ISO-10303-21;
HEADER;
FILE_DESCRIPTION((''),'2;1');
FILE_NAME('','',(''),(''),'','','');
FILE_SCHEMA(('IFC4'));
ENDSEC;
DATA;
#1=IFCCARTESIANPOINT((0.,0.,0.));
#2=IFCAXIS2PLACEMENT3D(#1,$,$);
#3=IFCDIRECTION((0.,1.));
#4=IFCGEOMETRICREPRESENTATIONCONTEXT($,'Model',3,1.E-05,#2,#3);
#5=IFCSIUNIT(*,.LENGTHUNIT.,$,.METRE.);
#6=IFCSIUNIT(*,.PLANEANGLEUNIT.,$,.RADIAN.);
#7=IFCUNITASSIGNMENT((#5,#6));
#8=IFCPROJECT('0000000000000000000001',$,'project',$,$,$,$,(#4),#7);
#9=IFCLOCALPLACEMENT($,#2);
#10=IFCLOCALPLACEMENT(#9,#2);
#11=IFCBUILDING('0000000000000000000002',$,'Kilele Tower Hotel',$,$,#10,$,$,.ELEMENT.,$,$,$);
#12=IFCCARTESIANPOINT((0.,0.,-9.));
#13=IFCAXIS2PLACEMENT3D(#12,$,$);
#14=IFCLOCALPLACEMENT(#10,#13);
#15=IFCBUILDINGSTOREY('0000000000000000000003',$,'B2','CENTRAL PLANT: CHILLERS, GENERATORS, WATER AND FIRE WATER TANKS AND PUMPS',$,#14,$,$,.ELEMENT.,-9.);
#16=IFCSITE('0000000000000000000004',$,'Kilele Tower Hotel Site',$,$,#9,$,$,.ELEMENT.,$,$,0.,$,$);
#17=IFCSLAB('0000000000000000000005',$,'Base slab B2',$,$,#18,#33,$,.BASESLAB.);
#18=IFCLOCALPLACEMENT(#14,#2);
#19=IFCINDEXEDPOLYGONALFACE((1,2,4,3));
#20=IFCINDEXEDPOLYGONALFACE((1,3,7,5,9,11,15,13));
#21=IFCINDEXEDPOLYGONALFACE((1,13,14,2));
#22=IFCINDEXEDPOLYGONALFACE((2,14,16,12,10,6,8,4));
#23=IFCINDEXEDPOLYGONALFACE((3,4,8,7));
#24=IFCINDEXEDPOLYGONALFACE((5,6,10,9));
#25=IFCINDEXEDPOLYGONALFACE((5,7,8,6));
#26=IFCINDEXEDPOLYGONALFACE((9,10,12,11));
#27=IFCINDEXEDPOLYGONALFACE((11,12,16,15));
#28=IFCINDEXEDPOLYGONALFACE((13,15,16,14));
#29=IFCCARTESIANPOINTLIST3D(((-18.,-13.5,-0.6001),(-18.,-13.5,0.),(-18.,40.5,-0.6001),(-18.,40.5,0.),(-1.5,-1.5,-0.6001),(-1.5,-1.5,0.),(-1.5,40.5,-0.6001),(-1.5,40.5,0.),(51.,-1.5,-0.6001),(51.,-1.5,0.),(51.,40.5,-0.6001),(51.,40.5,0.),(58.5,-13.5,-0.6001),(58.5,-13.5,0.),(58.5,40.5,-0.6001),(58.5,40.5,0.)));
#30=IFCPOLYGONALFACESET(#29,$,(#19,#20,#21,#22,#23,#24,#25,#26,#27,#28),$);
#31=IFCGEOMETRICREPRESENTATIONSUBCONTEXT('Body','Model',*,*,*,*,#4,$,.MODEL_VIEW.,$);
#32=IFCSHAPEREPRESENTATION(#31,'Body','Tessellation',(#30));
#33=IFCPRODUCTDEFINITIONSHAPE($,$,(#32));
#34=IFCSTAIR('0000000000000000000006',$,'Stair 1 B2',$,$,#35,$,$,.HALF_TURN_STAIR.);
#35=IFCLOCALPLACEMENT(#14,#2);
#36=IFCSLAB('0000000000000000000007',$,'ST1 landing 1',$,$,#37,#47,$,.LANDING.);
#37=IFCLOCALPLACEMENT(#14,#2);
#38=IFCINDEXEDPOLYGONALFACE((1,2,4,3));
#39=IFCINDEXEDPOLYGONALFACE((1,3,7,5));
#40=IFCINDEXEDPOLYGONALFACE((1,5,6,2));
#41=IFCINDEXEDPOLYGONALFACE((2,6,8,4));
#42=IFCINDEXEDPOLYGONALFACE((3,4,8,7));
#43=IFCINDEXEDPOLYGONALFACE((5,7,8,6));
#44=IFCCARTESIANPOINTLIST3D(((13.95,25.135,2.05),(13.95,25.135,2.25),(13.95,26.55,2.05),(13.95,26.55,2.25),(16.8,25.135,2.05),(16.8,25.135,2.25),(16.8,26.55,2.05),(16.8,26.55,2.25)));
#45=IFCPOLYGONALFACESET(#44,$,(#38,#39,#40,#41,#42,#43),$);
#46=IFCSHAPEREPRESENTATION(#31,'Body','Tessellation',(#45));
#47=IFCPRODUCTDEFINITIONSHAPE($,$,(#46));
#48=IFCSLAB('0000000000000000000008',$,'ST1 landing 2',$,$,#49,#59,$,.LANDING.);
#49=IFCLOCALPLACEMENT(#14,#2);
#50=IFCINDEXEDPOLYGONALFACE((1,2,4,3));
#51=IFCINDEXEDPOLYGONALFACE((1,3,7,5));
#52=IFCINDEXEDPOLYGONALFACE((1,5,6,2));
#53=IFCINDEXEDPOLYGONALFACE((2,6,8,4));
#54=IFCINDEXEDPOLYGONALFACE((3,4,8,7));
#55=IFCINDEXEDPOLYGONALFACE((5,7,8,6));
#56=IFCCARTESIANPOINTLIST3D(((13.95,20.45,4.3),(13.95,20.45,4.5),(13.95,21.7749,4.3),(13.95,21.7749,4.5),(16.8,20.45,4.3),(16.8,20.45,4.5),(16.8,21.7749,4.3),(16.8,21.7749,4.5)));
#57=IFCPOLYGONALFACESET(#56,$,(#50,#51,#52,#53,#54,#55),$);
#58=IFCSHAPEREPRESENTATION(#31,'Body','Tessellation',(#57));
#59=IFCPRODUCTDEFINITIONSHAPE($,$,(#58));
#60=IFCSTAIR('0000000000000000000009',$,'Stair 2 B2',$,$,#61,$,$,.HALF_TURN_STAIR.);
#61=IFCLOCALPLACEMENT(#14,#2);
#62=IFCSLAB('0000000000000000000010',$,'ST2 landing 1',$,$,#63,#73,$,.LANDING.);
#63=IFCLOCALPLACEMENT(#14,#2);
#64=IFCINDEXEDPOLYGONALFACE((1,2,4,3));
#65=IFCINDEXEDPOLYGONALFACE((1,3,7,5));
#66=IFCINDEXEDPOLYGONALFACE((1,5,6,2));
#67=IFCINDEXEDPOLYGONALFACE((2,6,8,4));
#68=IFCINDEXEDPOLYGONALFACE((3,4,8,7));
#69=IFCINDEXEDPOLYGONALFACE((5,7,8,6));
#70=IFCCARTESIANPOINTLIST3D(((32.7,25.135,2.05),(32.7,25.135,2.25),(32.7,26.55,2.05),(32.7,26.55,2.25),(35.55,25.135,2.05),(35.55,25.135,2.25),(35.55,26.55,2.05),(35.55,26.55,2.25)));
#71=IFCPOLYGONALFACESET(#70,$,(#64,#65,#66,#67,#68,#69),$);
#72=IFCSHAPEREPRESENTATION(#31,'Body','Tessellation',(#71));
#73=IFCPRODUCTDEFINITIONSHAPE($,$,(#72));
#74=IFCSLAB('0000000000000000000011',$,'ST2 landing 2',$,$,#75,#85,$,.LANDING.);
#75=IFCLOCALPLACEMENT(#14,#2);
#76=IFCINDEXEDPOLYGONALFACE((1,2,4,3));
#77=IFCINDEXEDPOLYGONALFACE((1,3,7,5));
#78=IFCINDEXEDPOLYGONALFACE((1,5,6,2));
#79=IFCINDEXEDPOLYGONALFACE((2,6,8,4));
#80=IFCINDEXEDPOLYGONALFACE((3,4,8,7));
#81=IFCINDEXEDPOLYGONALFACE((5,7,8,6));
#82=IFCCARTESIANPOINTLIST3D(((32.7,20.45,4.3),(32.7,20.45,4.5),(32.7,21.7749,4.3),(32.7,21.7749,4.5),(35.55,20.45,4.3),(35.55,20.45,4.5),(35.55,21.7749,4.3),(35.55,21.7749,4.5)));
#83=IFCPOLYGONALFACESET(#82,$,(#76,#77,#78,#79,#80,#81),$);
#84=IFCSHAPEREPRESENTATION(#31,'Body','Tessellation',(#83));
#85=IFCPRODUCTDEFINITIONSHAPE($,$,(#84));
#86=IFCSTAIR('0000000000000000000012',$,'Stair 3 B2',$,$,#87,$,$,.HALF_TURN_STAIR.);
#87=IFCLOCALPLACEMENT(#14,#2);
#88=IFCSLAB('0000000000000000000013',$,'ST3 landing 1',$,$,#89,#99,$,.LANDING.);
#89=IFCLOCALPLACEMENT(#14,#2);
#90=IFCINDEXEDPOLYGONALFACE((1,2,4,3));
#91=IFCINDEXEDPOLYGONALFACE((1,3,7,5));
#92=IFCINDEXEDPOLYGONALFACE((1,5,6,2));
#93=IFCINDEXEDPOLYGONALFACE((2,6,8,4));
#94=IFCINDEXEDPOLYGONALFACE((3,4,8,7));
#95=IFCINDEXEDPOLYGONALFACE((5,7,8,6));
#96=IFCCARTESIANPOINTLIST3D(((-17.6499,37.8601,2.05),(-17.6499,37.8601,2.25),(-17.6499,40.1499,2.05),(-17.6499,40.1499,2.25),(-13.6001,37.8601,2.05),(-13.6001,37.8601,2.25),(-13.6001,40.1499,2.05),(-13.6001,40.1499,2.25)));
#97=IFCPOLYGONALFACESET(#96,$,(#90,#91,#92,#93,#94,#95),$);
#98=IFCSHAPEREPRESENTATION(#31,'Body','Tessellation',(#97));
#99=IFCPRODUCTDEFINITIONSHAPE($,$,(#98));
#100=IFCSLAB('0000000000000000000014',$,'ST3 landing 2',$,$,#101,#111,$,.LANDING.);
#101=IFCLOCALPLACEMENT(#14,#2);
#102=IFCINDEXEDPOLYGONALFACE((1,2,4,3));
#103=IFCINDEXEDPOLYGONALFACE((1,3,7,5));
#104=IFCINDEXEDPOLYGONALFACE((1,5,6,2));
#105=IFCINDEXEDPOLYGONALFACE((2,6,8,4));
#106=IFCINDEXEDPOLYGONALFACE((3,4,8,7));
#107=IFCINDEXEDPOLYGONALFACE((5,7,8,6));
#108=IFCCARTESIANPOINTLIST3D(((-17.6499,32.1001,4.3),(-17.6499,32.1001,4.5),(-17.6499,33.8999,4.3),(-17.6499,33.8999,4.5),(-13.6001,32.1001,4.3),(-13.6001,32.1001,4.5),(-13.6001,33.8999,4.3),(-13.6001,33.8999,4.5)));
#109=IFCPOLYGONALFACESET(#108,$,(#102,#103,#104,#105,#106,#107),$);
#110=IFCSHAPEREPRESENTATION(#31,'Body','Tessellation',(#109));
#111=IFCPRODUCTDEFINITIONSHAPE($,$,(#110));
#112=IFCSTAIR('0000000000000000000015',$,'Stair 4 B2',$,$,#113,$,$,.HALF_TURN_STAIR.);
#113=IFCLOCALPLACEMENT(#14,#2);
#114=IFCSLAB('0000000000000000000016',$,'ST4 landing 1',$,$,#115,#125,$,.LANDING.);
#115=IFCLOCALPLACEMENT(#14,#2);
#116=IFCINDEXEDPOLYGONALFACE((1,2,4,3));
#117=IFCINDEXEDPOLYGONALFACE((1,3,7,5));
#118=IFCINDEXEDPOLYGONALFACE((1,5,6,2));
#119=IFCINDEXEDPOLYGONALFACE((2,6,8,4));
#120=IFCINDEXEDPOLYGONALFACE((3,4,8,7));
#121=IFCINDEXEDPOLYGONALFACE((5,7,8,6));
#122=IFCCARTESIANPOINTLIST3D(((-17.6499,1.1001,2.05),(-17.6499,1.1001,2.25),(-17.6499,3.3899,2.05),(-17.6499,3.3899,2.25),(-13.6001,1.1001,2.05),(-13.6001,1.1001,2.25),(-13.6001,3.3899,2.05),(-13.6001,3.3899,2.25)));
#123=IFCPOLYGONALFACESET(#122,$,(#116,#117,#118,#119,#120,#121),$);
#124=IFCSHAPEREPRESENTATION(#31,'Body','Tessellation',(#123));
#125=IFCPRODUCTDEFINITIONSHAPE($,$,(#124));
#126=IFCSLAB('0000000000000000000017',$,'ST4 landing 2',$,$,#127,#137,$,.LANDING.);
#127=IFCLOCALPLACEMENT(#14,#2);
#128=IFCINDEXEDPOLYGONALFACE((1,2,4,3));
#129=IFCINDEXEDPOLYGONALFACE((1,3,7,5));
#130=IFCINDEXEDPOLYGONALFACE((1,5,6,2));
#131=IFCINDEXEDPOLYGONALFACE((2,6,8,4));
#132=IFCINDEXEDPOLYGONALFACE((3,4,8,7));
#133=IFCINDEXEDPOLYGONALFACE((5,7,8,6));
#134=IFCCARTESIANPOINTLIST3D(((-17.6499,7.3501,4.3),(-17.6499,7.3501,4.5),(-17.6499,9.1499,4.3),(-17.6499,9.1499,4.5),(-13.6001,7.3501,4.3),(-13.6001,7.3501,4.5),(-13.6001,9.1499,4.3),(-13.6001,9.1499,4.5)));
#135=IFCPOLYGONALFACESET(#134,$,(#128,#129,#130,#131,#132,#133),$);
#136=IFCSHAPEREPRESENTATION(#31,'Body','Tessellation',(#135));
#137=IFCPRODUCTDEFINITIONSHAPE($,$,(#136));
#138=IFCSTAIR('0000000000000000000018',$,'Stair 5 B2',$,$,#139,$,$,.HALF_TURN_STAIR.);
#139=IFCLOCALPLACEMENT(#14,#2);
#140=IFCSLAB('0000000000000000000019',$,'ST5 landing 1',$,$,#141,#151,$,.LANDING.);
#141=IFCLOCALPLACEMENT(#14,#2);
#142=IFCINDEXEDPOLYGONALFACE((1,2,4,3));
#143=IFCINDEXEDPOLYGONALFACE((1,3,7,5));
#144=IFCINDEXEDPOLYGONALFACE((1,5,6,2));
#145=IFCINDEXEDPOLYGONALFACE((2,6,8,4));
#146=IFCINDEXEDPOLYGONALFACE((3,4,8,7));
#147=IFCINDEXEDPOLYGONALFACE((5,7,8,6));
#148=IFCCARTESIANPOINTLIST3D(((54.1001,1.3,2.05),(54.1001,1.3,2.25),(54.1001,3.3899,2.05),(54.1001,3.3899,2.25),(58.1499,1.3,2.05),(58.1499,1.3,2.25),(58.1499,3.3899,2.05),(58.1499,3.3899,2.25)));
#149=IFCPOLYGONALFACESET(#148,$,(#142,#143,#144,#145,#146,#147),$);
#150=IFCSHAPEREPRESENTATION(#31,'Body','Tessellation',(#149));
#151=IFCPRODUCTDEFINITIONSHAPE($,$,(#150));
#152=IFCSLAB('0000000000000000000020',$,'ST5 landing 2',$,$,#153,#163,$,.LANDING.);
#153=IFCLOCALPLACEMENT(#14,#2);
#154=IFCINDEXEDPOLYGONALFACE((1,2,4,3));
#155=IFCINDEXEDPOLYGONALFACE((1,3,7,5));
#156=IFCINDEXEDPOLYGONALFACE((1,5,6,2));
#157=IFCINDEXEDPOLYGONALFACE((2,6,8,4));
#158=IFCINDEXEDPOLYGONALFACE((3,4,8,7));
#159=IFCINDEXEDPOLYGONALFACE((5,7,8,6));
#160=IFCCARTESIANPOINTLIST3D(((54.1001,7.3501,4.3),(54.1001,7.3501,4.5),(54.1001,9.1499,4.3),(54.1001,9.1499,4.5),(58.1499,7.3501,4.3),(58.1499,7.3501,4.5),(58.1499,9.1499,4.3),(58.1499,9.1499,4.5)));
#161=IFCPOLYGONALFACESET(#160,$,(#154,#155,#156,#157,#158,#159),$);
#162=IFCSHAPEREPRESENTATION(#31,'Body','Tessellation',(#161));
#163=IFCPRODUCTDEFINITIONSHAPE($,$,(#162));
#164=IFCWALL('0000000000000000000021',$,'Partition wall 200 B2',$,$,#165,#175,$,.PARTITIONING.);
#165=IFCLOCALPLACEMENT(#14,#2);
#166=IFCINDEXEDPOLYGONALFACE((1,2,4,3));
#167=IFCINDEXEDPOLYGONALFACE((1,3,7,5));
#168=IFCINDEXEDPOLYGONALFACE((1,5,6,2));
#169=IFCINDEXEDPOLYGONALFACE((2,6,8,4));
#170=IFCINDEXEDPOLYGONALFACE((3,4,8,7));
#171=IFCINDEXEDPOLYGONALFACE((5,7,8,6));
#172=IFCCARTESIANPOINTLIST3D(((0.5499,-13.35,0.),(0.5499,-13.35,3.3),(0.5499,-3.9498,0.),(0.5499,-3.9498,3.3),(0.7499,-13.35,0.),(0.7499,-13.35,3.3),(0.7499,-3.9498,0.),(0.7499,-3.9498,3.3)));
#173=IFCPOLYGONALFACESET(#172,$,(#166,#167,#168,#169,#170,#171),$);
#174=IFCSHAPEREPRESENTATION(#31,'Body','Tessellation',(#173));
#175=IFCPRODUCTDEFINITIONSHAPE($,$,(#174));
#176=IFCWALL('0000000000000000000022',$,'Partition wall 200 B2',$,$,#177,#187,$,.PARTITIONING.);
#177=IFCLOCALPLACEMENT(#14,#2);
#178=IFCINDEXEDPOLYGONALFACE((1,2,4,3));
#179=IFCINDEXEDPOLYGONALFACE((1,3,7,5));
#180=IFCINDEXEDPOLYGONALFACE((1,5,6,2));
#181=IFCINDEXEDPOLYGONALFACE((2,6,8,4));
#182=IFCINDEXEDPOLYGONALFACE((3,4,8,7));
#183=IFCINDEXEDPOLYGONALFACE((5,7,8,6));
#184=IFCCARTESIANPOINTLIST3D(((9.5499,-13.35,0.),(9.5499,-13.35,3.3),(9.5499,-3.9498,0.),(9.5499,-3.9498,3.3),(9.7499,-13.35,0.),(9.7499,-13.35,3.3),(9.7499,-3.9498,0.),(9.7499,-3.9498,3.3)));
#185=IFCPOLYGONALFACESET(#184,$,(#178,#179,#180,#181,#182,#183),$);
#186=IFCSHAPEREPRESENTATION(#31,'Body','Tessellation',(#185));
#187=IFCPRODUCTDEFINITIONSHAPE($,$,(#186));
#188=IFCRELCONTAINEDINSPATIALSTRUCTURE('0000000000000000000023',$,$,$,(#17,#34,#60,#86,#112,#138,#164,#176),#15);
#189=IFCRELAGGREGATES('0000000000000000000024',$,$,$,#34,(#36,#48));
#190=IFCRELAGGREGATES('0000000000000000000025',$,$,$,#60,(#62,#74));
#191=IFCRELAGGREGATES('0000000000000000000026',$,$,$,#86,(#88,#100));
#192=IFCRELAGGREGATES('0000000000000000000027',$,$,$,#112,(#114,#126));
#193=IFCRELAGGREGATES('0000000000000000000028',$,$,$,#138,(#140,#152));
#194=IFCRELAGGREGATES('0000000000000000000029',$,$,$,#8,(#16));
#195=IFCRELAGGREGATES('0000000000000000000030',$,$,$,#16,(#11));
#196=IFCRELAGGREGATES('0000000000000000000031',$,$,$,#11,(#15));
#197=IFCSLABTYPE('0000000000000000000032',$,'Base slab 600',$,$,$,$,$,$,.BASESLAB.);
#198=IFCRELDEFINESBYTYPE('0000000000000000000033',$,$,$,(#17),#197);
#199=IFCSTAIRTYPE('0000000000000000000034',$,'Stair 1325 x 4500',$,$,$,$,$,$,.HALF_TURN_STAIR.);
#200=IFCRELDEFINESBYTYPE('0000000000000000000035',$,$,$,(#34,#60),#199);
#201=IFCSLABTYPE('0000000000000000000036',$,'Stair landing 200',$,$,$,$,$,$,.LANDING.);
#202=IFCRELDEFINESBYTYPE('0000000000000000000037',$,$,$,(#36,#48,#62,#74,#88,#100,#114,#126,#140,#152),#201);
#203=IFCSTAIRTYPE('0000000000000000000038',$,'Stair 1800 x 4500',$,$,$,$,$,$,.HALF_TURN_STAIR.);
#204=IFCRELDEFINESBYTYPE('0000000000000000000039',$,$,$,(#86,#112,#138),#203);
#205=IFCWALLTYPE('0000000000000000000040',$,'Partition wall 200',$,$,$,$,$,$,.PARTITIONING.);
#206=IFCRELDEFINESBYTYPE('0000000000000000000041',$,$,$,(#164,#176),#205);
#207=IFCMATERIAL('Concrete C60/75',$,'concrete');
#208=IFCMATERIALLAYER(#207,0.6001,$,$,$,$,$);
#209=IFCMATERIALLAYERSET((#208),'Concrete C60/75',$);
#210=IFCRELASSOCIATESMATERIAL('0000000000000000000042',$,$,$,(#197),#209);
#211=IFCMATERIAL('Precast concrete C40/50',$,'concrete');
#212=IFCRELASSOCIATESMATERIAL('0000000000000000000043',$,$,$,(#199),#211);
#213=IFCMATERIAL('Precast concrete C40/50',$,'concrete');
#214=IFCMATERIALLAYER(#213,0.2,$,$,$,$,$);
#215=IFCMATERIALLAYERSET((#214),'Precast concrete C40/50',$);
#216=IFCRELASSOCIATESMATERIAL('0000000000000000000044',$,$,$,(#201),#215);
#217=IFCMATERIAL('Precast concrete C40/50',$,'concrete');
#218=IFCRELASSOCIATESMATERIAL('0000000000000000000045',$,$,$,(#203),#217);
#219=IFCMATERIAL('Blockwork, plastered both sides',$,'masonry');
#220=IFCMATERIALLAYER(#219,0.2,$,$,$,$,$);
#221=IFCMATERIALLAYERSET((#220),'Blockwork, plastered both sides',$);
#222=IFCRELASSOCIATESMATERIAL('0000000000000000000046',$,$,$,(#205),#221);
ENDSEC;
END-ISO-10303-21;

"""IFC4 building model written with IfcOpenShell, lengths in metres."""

from ifc_helpers import new_model, si_unit, direction, frame, frame_2d, origin, place, context, subcontext, project, spatial, polyline, rectangle, outline, extrude, material, layer, layer_set, type_object, element, aggregate, save


model = new_model("IFC4")

# Units and contexts
model_context = context("Model", 3, precision=1e-05, world=origin(), true_north=direction((0.0, 1.0)))
body_context = subcontext(model_context, "Body", "Model", "MODEL_VIEW")
ifc_project = project(units=[si_unit("LENGTHUNIT", "METRE"), si_unit("PLANEANGLEUNIT", "RADIAN")], contexts=[model_context])

# Site, building, storey
site_placement = place(None, origin())
site = spatial("IfcSite", under=ifc_project, at=site_placement, Name="Kilele Tower Hotel Site", CompositionType="ELEMENT", RefElevation=0.0)
building_placement = place(site_placement, origin())
building = spatial("IfcBuilding", under=site, at=building_placement, Name="Kilele Tower Hotel", CompositionType="ELEMENT")
storey_placement = place(building_placement, frame((0.0, 0.0, -9.0)))
storey = spatial("IfcBuildingStorey", under=building, at=storey_placement, Name="B2", Description="CENTRAL PLANT: CHILLERS, GENERATORS, WATER AND FIRE WATER TANKS AND PUMPS", CompositionType="ELEMENT", Elevation=-9.0)

# Slab
ifc_material_1 = material(Name="Concrete C60/75", Category="concrete")
ifc_layer_1 = layer(ifc_material_1, 0.6001)
ifc_layer_set_1 = layer_set([ifc_layer_1], Name="Concrete C60/75")
slab_type_1 = type_object("IfcSlabType", Name="Base slab 600", PredefinedType="BASESLAB", material=ifc_layer_set_1)
slab_1_placement = place(storey_placement, frame((0.0, 0.0, -0.6001)))
element("IfcSlab", 1, at=slab_1_placement, inside=storey, type_object=slab_type_1, Name="Base slab B2", PredefinedType="BASESLAB", context=body_context, shape_type="SweptSolid", body=[
    extrude(outline(polyline([(58.5, 40.5), (58.5, -13.5), (-18.0, -13.5), (-18.0, 40.5), (-1.5, 40.5), (-1.5, -1.5), (51.0, -1.5), (51.0, 40.5), (58.5, 40.5)])), origin(), (0.0, 0.0, 1.0), 0.6001),
])

# Stairs, slabs
ifc_material_2 = material(Name="Precast concrete C40/50", Category="concrete")
stair_type_1 = type_object("IfcStairType", Name="Stair 1325 x 4500", PredefinedType="HALF_TURN_STAIR", material=ifc_material_2)
stair_1_placement = place(storey_placement, origin())
stair_1 = element("IfcStair", 2, at=stair_1_placement, inside=storey, type_object=stair_type_1, Name="Stair 1 B2", PredefinedType="HALF_TURN_STAIR")
ifc_material_3 = material(Name="Precast concrete C40/50", Category="concrete")
ifc_layer_2 = layer(ifc_material_3, 0.2)
ifc_layer_set_2 = layer_set([ifc_layer_2], Name="Precast concrete C40/50")
slab_type_2 = type_object("IfcSlabType", Name="Stair landing 200", PredefinedType="LANDING", material=ifc_layer_set_2)
slab_2_placement = place(storey_placement, frame((0.0, 0.0, 2.05)))
slab_2 = element("IfcSlab", 3, at=slab_2_placement, type_object=slab_type_2, Name="ST1 landing 1", PredefinedType="LANDING", context=body_context, shape_type="SweptSolid", body=[
    extrude(outline(polyline([(13.95, 25.135), (16.8, 25.135), (16.8, 26.55), (13.95, 26.55), (13.95, 25.135)])), origin(), (0.0, 0.0, 1.0), 0.2),
])
slab_3_placement = place(storey_placement, frame((0.0, 0.0, 4.3)))
slab_3 = element("IfcSlab", 4, at=slab_3_placement, type_object=slab_type_2, Name="ST1 landing 2", PredefinedType="LANDING", context=body_context, shape_type="SweptSolid", body=[
    extrude(outline(polyline([(13.95, 20.45), (16.8, 20.45), (16.8, 21.7749), (13.95, 21.7749), (13.95, 20.45)])), origin(), (0.0, 0.0, 1.0), 0.2),
])
aggregate(stair_1, [slab_2, slab_3])
stair_2_placement = place(storey_placement, origin())
stair_2 = element("IfcStair", 5, at=stair_2_placement, inside=storey, type_object=stair_type_1, Name="Stair 2 B2", PredefinedType="HALF_TURN_STAIR")
slab_4_placement = place(storey_placement, frame((0.0, 0.0, 2.05)))
slab_4 = element("IfcSlab", 6, at=slab_4_placement, type_object=slab_type_2, Name="ST2 landing 1", PredefinedType="LANDING", context=body_context, shape_type="SweptSolid", body=[
    extrude(outline(polyline([(32.7, 25.135), (35.55, 25.135), (35.55, 26.55), (32.7, 26.55), (32.7, 25.135)])), origin(), (0.0, 0.0, 1.0), 0.2),
])
slab_5_placement = place(storey_placement, frame((0.0, 0.0, 4.3)))
slab_5 = element("IfcSlab", 7, at=slab_5_placement, type_object=slab_type_2, Name="ST2 landing 2", PredefinedType="LANDING", context=body_context, shape_type="SweptSolid", body=[
    extrude(outline(polyline([(32.7, 20.45), (35.55, 20.45), (35.55, 21.7749), (32.7, 21.7749), (32.7, 20.45)])), origin(), (0.0, 0.0, 1.0), 0.2),
])
aggregate(stair_2, [slab_4, slab_5])
ifc_material_4 = material(Name="Precast concrete C40/50", Category="concrete")
stair_type_2 = type_object("IfcStairType", Name="Stair 1800 x 4500", PredefinedType="HALF_TURN_STAIR", material=ifc_material_4)
stair_3_placement = place(storey_placement, origin())
stair_3 = element("IfcStair", 8, at=stair_3_placement, inside=storey, type_object=stair_type_2, Name="Stair 3 B2", PredefinedType="HALF_TURN_STAIR")
slab_6_placement = place(storey_placement, frame((0.0, 0.0, 2.05)))
slab_6 = element("IfcSlab", 9, at=slab_6_placement, type_object=slab_type_2, Name="ST3 landing 1", PredefinedType="LANDING", context=body_context, shape_type="SweptSolid", body=[
    extrude(outline(polyline([(-17.6499, 37.8601), (-13.6001, 37.8601), (-13.6001, 40.1499), (-17.6499, 40.1499), (-17.6499, 37.8601)])), origin(), (0.0, 0.0, 1.0), 0.2),
])
slab_7_placement = place(storey_placement, frame((0.0, 0.0, 4.3)))
slab_7 = element("IfcSlab", 10, at=slab_7_placement, type_object=slab_type_2, Name="ST3 landing 2", PredefinedType="LANDING", context=body_context, shape_type="SweptSolid", body=[
    extrude(outline(polyline([(-17.6499, 32.1001), (-13.6001, 32.1001), (-13.6001, 33.8999), (-17.6499, 33.8999), (-17.6499, 32.1001)])), origin(), (0.0, 0.0, 1.0), 0.2),
])
aggregate(stair_3, [slab_6, slab_7])
stair_4_placement = place(storey_placement, origin())
stair_4 = element("IfcStair", 11, at=stair_4_placement, inside=storey, type_object=stair_type_2, Name="Stair 4 B2", PredefinedType="HALF_TURN_STAIR")
slab_8_placement = place(storey_placement, frame((0.0, 0.0, 2.05)))
slab_8 = element("IfcSlab", 12, at=slab_8_placement, type_object=slab_type_2, Name="ST4 landing 1", PredefinedType="LANDING", context=body_context, shape_type="SweptSolid", body=[
    extrude(outline(polyline([(-17.6499, 1.1001), (-13.6001, 1.1001), (-13.6001, 3.3899), (-17.6499, 3.3899), (-17.6499, 1.1001)])), origin(), (0.0, 0.0, 1.0), 0.2),
])
slab_9_placement = place(storey_placement, frame((0.0, 0.0, 4.3)))
slab_9 = element("IfcSlab", 13, at=slab_9_placement, type_object=slab_type_2, Name="ST4 landing 2", PredefinedType="LANDING", context=body_context, shape_type="SweptSolid", body=[
    extrude(outline(polyline([(-17.6499, 7.3501), (-13.6001, 7.3501), (-13.6001, 9.1499), (-17.6499, 9.1499), (-17.6499, 7.3501)])), origin(), (0.0, 0.0, 1.0), 0.2),
])
aggregate(stair_4, [slab_8, slab_9])
stair_5_placement = place(storey_placement, origin())
stair_5 = element("IfcStair", 14, at=stair_5_placement, inside=storey, type_object=stair_type_2, Name="Stair 5 B2", PredefinedType="HALF_TURN_STAIR")
slab_10_placement = place(storey_placement, frame((0.0, 0.0, 2.05)))
slab_10 = element("IfcSlab", 15, at=slab_10_placement, type_object=slab_type_2, Name="ST5 landing 1", PredefinedType="LANDING", context=body_context, shape_type="SweptSolid", body=[
    extrude(outline(polyline([(54.1001, 1.3), (58.1499, 1.3), (58.1499, 3.3899), (54.1001, 3.3899), (54.1001, 1.3)])), origin(), (0.0, 0.0, 1.0), 0.2),
])
slab_11_placement = place(storey_placement, frame((0.0, 0.0, 4.3)))
slab_11 = element("IfcSlab", 16, at=slab_11_placement, type_object=slab_type_2, Name="ST5 landing 2", PredefinedType="LANDING", context=body_context, shape_type="SweptSolid", body=[
    extrude(outline(polyline([(54.1001, 7.3501), (58.1499, 7.3501), (58.1499, 9.1499), (54.1001, 9.1499), (54.1001, 7.3501)])), origin(), (0.0, 0.0, 1.0), 0.2),
])
aggregate(stair_5, [slab_10, slab_11])

# Walls
ifc_material_5 = material(Name="Blockwork, plastered both sides", Category="masonry")
ifc_layer_3 = layer(ifc_material_5, 0.2)
ifc_layer_set_3 = layer_set([ifc_layer_3], Name="Blockwork, plastered both sides")
wall_type = type_object("IfcWallType", Name="Partition wall 200", PredefinedType="PARTITIONING", material=ifc_layer_set_3)
for number, where, z_axis, x_axis, name in (
    (17, (0.6499, -13.3501, 0.0), (0.0, 0.0, 1.0), (0.0, 1.0, 0.0), "Partition wall 200 B2"),
    (18, (9.6499, -13.3501, 0.0), (0.0, 0.0, 1.0), (0.0, 1.0, 0.0), "Partition wall 200 B2"),
):
    element("IfcWall", number, at=place(storey_placement, frame(where, z_axis=z_axis, x_axis=x_axis)), inside=storey, type_object=wall_type, Name=name, PredefinedType="PARTITIONING", context=body_context, shape_type="SweptSolid", body=[
        extrude(rectangle(XDim=9.4001, YDim=0.2, at=frame_2d((4.7002, 0.0))), origin(), (0.0, 0.0, 1.0), 3.3),
    ])

save(model, "model.ifc")
